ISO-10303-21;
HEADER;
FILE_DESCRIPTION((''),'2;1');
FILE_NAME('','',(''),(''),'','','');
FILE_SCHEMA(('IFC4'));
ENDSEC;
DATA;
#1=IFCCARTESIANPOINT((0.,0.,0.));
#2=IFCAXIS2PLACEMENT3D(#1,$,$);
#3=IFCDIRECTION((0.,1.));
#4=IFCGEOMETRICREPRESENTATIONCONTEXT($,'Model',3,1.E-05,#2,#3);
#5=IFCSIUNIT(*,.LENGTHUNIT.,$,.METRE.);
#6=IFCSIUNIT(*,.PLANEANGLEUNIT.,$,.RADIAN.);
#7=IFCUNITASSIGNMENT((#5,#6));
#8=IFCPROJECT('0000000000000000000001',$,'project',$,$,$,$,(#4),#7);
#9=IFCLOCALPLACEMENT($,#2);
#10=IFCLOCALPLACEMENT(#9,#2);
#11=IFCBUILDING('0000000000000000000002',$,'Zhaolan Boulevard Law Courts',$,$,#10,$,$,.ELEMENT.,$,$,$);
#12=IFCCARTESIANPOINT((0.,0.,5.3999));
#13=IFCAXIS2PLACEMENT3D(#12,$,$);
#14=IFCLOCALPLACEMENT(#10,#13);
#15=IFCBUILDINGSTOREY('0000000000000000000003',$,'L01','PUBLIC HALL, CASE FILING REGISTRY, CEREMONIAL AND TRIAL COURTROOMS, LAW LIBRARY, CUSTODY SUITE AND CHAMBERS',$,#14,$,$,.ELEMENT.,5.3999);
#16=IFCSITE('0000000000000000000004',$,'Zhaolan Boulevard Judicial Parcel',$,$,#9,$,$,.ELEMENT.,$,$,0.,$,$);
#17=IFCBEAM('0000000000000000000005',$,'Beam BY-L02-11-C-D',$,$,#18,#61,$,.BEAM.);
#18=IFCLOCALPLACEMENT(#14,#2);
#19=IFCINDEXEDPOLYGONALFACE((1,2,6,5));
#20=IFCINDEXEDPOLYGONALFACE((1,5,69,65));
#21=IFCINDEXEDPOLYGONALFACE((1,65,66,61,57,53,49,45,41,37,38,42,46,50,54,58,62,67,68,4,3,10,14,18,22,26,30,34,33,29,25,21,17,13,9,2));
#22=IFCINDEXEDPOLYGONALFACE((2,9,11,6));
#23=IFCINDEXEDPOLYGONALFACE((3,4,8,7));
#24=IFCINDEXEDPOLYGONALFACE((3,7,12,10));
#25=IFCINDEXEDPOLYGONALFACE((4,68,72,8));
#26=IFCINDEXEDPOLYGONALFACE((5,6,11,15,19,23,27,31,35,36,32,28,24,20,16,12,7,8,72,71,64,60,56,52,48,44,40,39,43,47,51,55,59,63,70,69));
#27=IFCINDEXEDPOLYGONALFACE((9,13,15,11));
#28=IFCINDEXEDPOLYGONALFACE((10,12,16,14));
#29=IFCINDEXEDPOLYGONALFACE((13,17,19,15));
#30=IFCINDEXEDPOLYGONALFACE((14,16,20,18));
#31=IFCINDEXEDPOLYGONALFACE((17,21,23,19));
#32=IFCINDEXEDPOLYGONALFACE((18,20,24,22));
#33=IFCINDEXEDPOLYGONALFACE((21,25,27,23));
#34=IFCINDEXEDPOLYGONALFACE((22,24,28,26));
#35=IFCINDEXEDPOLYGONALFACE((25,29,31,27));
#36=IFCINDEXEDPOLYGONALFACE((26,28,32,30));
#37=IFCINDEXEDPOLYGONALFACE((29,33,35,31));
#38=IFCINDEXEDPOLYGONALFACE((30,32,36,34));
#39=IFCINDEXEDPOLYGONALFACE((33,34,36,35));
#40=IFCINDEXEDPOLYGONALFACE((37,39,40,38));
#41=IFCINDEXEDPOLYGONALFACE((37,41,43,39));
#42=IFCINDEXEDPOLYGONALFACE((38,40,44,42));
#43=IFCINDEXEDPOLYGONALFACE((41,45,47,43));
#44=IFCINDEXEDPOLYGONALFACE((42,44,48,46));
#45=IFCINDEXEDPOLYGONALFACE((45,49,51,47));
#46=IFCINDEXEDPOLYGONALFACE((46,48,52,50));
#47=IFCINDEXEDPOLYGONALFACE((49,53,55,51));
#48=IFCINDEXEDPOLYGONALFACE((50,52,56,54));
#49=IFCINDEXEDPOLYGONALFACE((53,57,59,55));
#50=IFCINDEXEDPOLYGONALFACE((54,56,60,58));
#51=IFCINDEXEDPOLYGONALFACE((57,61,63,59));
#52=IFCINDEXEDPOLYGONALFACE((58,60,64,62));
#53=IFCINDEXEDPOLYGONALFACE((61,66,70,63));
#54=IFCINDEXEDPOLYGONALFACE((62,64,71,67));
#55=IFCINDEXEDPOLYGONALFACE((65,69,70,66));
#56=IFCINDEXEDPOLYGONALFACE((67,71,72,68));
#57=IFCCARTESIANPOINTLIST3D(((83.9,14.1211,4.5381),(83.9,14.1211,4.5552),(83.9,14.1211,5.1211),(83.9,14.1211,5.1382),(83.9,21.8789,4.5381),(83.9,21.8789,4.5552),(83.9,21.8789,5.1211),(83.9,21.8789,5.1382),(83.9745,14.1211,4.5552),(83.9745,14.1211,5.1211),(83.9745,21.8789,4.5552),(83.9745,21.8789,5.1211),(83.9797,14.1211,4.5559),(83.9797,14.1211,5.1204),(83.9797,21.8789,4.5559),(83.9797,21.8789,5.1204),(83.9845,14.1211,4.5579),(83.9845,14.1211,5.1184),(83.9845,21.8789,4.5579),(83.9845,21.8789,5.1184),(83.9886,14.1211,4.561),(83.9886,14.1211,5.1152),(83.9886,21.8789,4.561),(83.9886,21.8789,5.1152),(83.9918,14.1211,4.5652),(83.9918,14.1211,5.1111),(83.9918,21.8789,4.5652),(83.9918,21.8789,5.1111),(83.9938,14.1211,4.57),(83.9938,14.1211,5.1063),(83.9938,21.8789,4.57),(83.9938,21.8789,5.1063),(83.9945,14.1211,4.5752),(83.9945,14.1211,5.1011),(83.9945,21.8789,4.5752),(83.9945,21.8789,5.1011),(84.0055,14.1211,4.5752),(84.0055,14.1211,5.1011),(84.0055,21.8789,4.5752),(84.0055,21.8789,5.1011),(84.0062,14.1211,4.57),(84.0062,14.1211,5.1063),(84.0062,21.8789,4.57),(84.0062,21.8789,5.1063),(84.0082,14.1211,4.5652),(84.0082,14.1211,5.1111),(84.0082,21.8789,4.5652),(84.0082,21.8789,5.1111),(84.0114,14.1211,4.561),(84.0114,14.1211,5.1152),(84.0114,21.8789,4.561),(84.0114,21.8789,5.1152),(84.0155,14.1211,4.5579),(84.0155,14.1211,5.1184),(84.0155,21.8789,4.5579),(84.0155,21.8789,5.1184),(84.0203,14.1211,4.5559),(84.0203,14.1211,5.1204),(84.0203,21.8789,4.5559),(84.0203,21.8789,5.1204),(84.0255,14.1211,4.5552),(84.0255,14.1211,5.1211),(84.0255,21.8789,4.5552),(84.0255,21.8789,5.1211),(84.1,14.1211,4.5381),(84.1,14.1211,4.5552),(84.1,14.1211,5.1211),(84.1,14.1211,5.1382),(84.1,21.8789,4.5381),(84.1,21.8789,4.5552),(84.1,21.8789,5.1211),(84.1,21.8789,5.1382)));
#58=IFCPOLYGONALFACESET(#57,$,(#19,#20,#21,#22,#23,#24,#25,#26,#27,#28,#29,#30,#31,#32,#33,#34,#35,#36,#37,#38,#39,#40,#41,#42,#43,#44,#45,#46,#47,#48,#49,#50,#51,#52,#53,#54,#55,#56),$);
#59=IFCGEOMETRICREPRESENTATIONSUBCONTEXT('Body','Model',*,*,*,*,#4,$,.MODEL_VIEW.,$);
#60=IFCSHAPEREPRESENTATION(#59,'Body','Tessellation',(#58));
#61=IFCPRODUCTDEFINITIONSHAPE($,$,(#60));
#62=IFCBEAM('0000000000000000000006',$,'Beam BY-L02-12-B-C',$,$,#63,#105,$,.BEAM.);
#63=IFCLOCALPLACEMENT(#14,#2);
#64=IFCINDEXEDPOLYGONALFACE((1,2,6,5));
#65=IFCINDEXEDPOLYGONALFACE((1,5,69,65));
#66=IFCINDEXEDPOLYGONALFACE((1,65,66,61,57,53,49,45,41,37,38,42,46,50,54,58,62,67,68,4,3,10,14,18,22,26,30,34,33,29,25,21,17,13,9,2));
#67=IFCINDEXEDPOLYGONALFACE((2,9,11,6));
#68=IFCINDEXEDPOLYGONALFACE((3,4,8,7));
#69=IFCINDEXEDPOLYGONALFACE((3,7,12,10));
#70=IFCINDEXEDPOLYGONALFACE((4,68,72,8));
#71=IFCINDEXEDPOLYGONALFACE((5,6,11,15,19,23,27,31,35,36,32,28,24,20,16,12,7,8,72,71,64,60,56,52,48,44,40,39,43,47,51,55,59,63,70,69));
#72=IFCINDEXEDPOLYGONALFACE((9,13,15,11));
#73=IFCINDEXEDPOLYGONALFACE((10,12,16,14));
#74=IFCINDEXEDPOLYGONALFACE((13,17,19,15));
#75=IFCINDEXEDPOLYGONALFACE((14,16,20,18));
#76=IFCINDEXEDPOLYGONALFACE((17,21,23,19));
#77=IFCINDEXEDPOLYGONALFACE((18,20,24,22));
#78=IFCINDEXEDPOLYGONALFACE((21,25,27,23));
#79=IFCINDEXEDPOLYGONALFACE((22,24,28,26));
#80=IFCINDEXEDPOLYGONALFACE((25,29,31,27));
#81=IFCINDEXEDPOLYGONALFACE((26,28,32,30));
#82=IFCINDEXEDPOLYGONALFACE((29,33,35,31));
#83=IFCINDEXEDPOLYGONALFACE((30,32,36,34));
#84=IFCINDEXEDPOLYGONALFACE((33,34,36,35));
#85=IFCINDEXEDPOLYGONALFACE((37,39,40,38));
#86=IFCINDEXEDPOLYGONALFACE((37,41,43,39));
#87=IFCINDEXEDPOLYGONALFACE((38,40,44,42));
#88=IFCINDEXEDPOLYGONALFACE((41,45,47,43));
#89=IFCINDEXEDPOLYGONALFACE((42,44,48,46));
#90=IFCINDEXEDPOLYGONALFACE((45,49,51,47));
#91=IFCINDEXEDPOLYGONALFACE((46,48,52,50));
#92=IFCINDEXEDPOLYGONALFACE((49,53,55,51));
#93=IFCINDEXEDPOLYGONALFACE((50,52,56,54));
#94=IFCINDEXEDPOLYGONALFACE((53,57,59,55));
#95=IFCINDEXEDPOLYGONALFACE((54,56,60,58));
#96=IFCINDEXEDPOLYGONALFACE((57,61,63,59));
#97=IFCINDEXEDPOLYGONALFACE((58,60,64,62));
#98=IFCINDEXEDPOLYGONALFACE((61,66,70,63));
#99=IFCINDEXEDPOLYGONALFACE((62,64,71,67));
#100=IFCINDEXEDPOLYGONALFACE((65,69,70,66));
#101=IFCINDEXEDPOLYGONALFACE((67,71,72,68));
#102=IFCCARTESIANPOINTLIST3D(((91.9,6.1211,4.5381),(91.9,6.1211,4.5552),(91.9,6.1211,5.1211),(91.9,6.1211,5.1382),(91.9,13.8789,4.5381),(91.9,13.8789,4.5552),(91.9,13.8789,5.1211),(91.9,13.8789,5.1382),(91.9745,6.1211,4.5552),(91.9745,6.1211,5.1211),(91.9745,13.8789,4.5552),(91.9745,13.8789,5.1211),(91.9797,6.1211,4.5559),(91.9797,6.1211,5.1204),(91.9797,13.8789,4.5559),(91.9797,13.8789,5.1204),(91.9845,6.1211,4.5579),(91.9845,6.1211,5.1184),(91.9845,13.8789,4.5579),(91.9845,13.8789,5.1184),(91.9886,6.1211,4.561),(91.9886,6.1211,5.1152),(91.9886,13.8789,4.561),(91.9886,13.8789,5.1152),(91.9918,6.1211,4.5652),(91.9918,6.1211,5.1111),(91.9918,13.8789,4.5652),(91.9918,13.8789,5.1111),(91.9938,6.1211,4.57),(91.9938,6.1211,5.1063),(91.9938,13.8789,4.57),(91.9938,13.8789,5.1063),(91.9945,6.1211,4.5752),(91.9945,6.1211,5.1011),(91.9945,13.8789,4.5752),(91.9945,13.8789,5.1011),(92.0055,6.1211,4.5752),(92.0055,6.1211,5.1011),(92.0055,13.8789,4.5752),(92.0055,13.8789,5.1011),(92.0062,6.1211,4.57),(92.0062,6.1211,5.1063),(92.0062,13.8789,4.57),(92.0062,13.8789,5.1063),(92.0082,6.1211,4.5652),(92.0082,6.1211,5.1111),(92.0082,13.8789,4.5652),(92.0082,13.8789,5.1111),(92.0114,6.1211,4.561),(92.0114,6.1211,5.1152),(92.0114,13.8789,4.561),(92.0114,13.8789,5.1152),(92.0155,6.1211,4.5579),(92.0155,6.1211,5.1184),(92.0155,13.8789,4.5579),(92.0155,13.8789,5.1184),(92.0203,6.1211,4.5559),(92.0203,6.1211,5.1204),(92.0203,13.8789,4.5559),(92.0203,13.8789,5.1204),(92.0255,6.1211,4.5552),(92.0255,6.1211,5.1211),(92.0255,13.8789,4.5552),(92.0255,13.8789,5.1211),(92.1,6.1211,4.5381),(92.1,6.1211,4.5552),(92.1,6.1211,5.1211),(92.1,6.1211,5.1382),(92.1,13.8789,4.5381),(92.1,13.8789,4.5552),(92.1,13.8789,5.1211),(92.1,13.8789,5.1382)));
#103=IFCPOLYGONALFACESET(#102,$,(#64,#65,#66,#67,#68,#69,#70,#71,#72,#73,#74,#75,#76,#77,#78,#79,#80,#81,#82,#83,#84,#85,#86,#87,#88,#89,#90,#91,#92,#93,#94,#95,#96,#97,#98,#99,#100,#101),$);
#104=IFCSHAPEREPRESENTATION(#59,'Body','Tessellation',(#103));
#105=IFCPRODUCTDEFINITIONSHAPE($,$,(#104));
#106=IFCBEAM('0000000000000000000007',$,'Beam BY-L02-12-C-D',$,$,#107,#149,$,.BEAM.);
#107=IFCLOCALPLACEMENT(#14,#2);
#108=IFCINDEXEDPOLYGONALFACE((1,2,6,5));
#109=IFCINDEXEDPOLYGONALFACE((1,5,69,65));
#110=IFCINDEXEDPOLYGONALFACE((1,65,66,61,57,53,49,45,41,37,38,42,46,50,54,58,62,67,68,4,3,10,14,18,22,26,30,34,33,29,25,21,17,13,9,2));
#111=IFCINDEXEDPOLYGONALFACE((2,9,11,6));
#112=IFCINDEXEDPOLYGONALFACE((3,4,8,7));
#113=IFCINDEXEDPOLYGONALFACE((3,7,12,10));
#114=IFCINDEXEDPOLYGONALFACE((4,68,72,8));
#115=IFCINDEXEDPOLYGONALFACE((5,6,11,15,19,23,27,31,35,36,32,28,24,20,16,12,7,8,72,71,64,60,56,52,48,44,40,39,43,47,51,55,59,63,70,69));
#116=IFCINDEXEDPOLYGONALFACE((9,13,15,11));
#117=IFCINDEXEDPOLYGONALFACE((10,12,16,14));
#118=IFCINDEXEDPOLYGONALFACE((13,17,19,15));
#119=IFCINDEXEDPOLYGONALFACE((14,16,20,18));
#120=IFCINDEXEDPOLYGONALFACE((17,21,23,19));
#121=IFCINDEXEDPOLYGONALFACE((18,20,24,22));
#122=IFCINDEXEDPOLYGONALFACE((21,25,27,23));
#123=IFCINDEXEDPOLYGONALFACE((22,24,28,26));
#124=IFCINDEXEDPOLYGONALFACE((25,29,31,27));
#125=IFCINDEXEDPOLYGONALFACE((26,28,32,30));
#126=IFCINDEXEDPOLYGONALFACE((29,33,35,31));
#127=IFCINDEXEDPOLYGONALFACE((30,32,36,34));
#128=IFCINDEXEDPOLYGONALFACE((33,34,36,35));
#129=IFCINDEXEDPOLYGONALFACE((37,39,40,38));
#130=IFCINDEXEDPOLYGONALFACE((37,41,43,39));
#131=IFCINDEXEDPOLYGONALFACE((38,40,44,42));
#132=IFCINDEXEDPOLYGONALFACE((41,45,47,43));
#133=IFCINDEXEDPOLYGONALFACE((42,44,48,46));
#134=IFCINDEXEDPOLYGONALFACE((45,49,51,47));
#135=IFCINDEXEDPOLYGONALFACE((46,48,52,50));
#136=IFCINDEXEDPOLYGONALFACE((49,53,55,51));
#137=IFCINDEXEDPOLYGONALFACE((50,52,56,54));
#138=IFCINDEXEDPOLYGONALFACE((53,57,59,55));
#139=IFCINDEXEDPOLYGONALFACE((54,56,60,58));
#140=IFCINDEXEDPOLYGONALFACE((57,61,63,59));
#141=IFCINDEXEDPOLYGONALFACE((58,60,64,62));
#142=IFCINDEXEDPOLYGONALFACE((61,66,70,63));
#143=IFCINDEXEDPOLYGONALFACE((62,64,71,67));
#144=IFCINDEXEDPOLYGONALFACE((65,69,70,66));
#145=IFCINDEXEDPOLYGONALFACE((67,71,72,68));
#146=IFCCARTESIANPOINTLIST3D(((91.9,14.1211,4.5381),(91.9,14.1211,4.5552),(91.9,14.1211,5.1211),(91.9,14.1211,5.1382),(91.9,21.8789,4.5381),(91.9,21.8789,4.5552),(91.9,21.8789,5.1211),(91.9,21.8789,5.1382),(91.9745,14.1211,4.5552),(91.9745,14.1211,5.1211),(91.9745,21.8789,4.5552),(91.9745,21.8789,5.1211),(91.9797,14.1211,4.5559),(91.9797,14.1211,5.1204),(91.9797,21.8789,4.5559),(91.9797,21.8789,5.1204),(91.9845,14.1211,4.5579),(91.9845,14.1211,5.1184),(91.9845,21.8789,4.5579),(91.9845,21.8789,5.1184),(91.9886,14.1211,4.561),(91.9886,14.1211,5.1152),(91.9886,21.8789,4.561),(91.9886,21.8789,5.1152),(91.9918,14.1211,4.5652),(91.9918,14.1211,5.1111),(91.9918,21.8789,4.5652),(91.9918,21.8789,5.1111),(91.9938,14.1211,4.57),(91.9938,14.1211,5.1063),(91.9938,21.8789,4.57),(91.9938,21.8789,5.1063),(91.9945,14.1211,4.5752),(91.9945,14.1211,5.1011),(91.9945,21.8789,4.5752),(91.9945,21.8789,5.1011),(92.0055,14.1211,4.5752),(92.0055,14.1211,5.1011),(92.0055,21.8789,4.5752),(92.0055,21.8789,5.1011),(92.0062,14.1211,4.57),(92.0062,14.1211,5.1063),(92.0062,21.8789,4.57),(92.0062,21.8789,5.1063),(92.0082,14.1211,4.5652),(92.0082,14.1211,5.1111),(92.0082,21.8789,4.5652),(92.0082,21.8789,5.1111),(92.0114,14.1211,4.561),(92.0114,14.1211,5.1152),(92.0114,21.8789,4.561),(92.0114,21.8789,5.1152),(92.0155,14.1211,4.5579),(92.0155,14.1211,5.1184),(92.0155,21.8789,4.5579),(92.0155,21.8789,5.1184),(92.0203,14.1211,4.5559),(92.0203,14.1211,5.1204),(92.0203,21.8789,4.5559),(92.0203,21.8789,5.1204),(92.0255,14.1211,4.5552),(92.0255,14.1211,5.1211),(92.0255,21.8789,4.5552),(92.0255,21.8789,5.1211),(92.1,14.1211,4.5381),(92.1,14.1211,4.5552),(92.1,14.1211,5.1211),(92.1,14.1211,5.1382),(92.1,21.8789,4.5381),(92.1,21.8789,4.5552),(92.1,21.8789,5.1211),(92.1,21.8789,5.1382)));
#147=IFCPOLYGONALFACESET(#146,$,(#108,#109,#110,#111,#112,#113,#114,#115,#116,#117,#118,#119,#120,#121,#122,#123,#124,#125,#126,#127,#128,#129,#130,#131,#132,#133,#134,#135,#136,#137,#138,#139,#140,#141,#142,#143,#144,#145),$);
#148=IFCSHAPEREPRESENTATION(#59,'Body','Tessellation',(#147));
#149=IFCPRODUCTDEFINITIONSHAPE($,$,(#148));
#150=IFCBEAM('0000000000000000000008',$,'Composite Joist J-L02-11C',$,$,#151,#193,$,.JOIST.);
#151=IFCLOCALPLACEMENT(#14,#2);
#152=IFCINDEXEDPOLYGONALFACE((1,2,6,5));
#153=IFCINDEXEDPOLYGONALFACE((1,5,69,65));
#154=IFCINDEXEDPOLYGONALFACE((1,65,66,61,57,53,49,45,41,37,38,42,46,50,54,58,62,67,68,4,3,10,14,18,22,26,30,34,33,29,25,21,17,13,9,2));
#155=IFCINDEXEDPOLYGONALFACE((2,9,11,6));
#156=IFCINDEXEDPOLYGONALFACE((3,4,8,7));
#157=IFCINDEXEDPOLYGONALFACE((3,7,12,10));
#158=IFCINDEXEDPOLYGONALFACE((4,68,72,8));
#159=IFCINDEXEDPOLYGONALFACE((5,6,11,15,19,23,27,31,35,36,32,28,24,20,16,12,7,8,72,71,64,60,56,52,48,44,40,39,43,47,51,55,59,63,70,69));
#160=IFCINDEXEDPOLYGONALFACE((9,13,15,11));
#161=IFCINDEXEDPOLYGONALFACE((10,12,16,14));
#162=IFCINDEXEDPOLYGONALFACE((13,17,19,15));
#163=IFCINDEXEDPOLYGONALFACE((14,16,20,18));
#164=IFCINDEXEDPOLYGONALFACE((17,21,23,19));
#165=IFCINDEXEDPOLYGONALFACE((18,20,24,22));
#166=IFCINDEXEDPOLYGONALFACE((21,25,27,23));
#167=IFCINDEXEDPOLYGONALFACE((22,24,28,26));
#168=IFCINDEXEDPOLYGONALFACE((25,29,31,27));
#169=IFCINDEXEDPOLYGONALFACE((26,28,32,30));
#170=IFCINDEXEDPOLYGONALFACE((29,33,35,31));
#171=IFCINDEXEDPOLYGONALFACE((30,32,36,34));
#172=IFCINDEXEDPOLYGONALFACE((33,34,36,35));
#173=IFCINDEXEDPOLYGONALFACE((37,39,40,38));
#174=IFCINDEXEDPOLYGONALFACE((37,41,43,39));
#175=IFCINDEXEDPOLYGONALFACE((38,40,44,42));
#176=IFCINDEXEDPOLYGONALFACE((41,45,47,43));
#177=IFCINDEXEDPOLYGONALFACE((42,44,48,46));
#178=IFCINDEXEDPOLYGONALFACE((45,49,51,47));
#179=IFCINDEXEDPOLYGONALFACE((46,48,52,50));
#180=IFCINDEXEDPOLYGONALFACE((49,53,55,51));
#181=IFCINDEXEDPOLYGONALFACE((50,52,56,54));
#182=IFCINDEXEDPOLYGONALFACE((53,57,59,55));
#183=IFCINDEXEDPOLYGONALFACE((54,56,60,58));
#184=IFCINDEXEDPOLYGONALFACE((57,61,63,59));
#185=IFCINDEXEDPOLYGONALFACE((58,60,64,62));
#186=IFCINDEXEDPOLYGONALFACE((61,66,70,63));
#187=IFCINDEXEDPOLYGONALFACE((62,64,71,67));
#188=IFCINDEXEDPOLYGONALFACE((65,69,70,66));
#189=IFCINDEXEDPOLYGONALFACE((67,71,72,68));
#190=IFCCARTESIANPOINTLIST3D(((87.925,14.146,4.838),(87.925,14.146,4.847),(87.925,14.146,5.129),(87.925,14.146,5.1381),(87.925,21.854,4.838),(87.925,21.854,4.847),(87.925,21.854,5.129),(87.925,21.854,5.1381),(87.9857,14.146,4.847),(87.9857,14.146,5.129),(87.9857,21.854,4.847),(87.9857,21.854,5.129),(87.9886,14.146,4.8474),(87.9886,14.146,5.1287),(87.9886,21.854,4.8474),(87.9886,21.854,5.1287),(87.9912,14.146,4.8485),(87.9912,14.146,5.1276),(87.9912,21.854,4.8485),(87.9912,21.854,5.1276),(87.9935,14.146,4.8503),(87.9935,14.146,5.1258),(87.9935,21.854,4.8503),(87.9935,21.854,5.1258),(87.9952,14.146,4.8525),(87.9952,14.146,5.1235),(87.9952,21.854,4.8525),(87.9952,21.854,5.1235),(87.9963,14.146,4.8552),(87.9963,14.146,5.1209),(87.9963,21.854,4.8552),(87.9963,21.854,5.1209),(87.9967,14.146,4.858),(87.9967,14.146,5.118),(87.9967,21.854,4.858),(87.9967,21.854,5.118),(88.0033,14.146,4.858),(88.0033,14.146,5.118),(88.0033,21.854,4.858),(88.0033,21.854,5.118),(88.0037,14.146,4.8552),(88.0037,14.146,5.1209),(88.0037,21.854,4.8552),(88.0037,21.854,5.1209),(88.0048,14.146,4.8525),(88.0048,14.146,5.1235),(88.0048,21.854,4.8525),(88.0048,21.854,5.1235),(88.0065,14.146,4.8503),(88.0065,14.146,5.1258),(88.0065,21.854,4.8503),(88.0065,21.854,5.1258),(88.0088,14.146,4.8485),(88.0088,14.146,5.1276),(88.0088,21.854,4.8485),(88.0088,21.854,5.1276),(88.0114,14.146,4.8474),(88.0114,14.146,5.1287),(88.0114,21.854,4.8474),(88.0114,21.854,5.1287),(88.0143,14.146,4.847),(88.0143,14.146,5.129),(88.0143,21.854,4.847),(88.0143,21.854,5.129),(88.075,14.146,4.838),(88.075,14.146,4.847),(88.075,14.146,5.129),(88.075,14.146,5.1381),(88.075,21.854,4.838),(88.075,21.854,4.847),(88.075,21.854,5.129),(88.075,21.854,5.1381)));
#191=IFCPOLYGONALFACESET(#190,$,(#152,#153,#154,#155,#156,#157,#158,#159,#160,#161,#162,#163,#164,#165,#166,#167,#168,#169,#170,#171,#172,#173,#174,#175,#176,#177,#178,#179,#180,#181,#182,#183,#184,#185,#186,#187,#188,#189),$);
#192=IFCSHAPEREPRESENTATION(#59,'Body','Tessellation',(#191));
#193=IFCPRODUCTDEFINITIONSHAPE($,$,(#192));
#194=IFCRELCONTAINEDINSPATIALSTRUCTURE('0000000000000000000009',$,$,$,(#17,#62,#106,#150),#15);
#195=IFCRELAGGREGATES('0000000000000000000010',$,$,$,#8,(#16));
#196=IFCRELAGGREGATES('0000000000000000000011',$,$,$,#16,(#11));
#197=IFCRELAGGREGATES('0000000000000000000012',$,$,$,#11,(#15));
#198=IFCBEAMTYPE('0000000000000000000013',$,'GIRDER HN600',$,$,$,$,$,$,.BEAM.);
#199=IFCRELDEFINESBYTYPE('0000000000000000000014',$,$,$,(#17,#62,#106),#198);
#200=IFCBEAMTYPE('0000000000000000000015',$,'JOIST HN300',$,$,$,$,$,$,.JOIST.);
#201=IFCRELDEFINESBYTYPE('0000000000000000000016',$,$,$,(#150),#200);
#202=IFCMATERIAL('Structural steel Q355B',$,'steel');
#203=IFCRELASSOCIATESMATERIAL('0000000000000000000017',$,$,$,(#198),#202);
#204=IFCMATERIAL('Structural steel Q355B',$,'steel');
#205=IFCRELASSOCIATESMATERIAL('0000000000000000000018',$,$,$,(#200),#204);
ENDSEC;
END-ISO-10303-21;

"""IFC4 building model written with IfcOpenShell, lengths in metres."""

from ifc_helpers import new_model, si_unit, direction, frame, origin, origin_2d, place, context, subcontext, project, spatial, i_section, extrude, material, material_profile, profile_set, type_object, element, save


model = new_model("IFC4")

# Units and contexts
model_context = context("Model", 3, precision=1e-05, world=origin(), true_north=direction((0.0, 1.0)))
body_context = subcontext(model_context, "Body", "Model", "MODEL_VIEW")
ifc_project = project(units=[si_unit("LENGTHUNIT", "METRE"), si_unit("PLANEANGLEUNIT", "RADIAN")], contexts=[model_context])

# Site, building, storey
site_placement = place(None, origin())
site = spatial("IfcSite", under=ifc_project, at=site_placement, Name="Zhaolan Boulevard Judicial Parcel", CompositionType="ELEMENT", RefElevation=0.0)
building_placement = place(site_placement, origin())
building = spatial("IfcBuilding", under=site, at=building_placement, Name="Zhaolan Boulevard Law Courts", CompositionType="ELEMENT")
storey_placement = place(building_placement, frame((0.0, 0.0, 5.3999)))
storey = spatial("IfcBuildingStorey", under=building, at=storey_placement, Name="L01", Description="PUBLIC HALL, CASE FILING REGISTRY, CEREMONIAL AND TRIAL COURTROOMS, LAW LIBRARY, CUSTODY SUITE AND CHAMBERS", CompositionType="ELEMENT", Elevation=5.3999)

# Beams
ifc_material_1 = material(Name="Structural steel Q355B", Category="steel")
ifc_material_profile_1 = material_profile(ifc_material_1, i_section(OverallWidth=0.2, OverallDepth=0.6001, WebThickness=0.011, FlangeThickness=0.0171, FilletRadius=0.02, at=origin_2d()), Name="HN600x200")
ifc_profile_set_1 = profile_set([ifc_material_profile_1], Name="Structural steel Q355B")
beam_type_1 = type_object("IfcBeamType", Name="GIRDER HN600", PredefinedType="BEAM", material=ifc_profile_set_1)
for number, where, z_axis, x_axis, name in (
    (1, (84.0, 14.1211, 4.8381), (0.0, 1.0, 0.0), (-1.0, 0.0, 0.0), "Beam BY-L02-11-C-D"),
    (2, (92.0, 6.1211, 4.8381), (0.0, 1.0, 0.0), (-1.0, 0.0, 0.0), "Beam BY-L02-12-B-C"),
    (3, (92.0, 14.1211, 4.8381), (0.0, 1.0, 0.0), (-1.0, 0.0, 0.0), "Beam BY-L02-12-C-D"),
):
    element("IfcBeam", number, at=place(storey_placement, frame(where, z_axis=z_axis, x_axis=x_axis)), inside=storey, type_object=beam_type_1, Name=name, PredefinedType="BEAM", context=body_context, shape_type="SweptSolid", body=[
        extrude(i_section(OverallWidth=0.2, OverallDepth=0.6001, WebThickness=0.011, FlangeThickness=0.0171, FilletRadius=0.02, at=origin_2d()), origin(), (0.0, 0.0, 1.0), 7.7578),
    ])
ifc_material_2 = material(Name="Structural steel Q355B", Category="steel")
ifc_material_profile_2 = material_profile(ifc_material_2, i_section(OverallWidth=0.1499, OverallDepth=0.3, WebThickness=0.0066, FlangeThickness=0.009, FilletRadius=0.011, at=origin_2d()), Name="HN300x150")
ifc_profile_set_2 = profile_set([ifc_material_profile_2], Name="Structural steel Q355B")
beam_type_2 = type_object("IfcBeamType", Name="JOIST HN300", PredefinedType="JOIST", material=ifc_profile_set_2)
beam_1_placement = place(storey_placement, frame((88.0, 14.146, 4.988), z_axis=(0.0, 1.0, 0.0), x_axis=(-1.0, 0.0, 0.0)))
element("IfcBeam", 4, at=beam_1_placement, inside=storey, type_object=beam_type_2, Name="Composite Joist J-L02-11C", PredefinedType="JOIST", context=body_context, shape_type="SweptSolid", body=[
    extrude(i_section(OverallWidth=0.1499, OverallDepth=0.3, WebThickness=0.0066, FlangeThickness=0.009, FilletRadius=0.011, at=origin_2d()), origin(), (0.0, 0.0, 1.0), 7.708),
])

save(model, "model.ifc")
